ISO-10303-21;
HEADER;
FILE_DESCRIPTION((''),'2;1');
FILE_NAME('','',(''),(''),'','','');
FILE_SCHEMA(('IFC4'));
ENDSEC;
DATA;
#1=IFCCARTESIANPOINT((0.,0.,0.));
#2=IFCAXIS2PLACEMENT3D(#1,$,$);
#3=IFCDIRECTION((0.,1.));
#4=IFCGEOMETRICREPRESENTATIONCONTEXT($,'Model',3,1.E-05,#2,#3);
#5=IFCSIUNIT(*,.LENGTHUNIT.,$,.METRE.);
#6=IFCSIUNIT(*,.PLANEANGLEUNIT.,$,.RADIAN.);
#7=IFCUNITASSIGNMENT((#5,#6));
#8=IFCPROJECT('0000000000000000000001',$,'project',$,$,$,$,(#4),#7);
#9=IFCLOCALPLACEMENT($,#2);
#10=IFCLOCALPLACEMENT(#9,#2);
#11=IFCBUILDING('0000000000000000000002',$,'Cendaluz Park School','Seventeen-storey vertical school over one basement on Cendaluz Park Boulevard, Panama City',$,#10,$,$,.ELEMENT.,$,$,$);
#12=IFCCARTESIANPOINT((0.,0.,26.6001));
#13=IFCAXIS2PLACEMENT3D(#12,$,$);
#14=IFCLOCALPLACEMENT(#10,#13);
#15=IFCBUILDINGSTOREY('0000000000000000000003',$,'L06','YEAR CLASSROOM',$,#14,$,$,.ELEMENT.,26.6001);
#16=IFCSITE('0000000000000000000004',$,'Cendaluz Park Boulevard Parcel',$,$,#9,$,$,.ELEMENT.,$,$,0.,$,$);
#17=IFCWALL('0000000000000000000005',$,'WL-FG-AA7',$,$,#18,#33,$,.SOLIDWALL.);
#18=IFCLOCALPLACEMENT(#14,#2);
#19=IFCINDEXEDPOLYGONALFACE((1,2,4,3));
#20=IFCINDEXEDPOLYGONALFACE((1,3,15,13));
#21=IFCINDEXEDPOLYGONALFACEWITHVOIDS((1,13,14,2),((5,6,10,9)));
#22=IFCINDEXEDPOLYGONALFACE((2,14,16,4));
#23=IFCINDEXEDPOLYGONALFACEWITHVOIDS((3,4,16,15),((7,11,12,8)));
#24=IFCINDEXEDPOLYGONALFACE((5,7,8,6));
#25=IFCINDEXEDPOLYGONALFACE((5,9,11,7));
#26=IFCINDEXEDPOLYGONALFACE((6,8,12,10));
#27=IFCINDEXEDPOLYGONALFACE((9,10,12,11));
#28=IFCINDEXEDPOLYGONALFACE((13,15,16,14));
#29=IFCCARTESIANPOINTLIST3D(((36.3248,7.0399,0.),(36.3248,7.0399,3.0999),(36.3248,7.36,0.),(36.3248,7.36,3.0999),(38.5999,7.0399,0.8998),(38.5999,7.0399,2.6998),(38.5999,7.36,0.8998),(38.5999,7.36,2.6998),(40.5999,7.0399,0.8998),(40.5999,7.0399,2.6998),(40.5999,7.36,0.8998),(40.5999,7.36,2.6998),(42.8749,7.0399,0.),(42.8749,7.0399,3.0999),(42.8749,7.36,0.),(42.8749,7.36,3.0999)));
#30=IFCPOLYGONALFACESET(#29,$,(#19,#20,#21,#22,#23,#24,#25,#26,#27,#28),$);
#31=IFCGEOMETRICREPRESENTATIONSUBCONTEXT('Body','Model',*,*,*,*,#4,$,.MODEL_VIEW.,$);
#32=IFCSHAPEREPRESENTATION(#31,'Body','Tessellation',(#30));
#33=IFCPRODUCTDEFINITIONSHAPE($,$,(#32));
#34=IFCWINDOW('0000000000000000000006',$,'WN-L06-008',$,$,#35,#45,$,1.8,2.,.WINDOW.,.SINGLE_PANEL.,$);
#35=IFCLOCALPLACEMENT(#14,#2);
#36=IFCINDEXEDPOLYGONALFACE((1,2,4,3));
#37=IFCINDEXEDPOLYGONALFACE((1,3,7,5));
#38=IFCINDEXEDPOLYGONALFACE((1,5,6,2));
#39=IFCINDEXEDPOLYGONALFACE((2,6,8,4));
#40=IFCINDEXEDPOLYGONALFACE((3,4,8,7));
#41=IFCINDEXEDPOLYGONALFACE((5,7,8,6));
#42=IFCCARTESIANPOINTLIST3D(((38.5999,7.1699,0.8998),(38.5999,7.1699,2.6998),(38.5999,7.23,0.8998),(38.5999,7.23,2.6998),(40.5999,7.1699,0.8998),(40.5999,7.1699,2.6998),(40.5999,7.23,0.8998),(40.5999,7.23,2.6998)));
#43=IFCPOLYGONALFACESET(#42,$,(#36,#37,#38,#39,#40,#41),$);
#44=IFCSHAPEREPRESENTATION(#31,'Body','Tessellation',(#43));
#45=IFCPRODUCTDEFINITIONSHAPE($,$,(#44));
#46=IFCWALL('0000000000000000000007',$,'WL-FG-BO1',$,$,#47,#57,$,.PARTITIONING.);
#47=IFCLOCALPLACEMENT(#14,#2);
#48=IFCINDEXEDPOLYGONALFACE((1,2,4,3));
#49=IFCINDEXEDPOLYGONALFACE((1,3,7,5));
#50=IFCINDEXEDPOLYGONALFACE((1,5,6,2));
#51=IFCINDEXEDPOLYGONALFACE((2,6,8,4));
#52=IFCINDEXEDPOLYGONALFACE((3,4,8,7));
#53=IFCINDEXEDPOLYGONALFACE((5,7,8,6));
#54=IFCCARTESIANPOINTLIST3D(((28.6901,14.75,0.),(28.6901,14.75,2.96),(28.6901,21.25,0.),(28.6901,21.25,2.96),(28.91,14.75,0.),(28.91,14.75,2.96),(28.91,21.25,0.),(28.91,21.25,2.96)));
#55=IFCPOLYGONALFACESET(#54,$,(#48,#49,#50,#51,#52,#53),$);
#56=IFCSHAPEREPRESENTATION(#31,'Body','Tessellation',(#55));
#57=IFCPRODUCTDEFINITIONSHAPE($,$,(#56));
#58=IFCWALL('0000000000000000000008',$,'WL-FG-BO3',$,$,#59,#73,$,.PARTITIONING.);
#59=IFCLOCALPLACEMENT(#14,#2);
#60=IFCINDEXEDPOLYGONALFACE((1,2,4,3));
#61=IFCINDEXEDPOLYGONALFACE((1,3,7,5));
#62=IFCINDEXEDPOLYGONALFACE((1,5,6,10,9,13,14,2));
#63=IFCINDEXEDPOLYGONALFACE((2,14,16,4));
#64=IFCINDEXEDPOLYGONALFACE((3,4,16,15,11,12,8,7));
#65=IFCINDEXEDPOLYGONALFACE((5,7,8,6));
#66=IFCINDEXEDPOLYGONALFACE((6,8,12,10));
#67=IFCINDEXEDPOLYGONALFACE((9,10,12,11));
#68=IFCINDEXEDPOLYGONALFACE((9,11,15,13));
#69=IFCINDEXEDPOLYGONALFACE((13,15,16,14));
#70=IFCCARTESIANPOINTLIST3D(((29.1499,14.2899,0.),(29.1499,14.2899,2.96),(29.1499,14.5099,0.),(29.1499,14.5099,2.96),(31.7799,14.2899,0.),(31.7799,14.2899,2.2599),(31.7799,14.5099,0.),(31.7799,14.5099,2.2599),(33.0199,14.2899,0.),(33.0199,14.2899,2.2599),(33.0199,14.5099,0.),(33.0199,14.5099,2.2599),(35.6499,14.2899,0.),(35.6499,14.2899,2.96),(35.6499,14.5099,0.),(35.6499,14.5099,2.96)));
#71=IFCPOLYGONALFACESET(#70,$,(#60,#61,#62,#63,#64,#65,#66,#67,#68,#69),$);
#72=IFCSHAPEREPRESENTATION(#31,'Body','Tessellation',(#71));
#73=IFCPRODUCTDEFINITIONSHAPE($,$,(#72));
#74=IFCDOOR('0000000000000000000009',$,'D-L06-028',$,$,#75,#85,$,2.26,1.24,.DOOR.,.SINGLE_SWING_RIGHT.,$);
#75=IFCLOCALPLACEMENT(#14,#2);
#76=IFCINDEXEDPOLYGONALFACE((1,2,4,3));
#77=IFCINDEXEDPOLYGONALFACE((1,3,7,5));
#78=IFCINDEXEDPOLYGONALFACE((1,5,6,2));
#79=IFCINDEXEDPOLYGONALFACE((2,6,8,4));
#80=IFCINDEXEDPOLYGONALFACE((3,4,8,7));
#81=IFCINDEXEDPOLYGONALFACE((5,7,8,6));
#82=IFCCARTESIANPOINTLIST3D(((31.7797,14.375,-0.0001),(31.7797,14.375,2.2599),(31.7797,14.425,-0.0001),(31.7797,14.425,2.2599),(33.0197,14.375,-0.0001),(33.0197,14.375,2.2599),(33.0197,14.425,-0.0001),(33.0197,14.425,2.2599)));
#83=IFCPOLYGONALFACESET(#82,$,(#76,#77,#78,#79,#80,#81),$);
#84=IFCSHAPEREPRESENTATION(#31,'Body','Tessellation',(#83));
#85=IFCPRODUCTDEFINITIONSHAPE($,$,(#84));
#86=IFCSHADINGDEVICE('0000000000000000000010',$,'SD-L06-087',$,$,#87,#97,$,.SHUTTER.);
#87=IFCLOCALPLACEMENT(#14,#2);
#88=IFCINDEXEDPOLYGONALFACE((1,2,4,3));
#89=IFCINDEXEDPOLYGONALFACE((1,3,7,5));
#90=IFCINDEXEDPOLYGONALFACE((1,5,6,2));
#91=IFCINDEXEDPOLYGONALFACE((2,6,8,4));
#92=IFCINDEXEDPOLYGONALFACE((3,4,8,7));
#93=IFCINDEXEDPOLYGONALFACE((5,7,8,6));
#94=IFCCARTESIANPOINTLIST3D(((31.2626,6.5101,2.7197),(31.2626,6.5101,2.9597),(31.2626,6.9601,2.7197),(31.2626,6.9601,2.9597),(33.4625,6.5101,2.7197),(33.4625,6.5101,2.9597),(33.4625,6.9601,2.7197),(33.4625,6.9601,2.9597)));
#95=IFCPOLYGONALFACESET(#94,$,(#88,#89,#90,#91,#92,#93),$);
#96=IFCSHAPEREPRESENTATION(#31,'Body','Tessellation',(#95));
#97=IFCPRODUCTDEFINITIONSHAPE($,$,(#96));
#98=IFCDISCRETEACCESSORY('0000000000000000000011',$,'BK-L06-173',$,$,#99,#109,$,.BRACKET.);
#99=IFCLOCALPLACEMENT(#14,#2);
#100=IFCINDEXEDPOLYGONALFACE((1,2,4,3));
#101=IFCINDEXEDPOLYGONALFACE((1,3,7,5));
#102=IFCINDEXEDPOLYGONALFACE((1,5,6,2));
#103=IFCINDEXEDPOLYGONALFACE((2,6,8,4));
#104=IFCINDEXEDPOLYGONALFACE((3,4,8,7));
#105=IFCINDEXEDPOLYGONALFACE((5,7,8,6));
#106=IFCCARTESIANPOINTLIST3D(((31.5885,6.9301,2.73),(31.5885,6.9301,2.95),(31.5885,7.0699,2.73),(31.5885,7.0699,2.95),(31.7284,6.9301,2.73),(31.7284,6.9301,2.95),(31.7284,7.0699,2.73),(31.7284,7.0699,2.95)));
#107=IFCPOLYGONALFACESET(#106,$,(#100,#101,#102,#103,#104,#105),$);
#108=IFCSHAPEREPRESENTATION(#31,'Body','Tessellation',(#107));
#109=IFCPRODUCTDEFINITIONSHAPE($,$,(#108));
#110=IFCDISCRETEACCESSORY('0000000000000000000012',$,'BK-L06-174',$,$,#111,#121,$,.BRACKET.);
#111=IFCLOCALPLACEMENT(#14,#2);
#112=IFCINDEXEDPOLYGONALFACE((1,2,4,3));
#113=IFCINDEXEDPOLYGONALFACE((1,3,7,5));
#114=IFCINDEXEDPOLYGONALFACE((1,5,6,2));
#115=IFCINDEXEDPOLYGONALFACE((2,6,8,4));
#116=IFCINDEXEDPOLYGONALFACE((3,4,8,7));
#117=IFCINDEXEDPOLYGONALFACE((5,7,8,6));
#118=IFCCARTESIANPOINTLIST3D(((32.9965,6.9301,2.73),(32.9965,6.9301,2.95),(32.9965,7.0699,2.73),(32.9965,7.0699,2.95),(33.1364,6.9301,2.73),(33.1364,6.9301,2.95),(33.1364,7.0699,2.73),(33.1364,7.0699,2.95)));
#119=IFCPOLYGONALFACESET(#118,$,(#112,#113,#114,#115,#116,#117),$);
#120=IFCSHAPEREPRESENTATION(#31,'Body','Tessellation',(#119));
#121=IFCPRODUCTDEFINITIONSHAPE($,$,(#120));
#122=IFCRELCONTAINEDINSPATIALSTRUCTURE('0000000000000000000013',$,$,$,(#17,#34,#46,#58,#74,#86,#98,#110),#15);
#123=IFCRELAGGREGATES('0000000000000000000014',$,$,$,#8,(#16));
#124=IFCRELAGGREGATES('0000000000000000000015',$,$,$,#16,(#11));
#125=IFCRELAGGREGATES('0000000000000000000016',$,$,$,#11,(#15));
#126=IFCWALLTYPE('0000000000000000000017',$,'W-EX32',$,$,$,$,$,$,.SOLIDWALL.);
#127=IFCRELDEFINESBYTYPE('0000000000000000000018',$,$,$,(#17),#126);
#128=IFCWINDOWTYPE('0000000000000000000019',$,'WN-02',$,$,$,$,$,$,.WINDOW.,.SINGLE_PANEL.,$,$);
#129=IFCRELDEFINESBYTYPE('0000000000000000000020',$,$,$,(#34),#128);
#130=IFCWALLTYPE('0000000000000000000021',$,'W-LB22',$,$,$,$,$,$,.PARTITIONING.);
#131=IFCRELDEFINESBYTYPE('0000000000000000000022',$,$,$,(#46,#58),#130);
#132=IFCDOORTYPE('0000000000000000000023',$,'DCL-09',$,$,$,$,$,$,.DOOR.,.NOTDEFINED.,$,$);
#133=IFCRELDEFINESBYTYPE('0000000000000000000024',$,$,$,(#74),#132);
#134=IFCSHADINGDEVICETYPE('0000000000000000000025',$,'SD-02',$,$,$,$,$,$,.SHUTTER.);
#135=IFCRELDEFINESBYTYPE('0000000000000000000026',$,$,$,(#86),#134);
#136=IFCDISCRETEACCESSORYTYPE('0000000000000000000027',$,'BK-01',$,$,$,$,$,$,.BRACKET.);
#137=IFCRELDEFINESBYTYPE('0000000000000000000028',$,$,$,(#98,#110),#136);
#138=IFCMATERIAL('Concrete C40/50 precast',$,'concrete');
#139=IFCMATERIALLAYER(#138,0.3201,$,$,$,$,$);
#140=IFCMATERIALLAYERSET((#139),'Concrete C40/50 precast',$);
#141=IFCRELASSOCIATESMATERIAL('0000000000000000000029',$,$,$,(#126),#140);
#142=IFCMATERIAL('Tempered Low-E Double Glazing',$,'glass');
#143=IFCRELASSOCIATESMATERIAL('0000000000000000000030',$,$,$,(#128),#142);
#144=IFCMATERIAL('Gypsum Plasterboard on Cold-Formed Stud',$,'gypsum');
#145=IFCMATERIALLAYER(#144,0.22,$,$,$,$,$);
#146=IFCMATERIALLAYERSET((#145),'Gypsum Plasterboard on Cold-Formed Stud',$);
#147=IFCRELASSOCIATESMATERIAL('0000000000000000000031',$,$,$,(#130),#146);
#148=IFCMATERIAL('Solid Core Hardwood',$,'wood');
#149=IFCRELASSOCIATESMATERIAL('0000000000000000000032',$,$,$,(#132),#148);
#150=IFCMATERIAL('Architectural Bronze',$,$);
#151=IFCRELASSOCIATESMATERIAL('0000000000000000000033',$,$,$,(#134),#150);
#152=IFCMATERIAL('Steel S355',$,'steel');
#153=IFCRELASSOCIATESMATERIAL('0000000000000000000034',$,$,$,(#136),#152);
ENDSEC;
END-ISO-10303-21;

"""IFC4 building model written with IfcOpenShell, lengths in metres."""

from ifc_helpers import new_model, si_unit, direction, frame, frame_2d, origin, origin_2d, place, context, subcontext, project, spatial, rectangle, extrude, material, layer, layer_set, type_object, element, fill, save


model = new_model("IFC4")

# Units and contexts
model_context = context("Model", 3, precision=1e-05, world=origin(), true_north=direction((0.0, 1.0)))
body_context = subcontext(model_context, "Body", "Model", "MODEL_VIEW")
ifc_project = project(units=[si_unit("LENGTHUNIT", "METRE"), si_unit("PLANEANGLEUNIT", "RADIAN")], contexts=[model_context])

# Site, building, storey
site_placement = place(None, origin())
site = spatial("IfcSite", under=ifc_project, at=site_placement, Name="Cendaluz Park Boulevard Parcel", CompositionType="ELEMENT", RefElevation=0.0)
building_placement = place(site_placement, origin())
building = spatial("IfcBuilding", under=site, at=building_placement, Name="Cendaluz Park School", Description="Seventeen-storey vertical school over one basement on Cendaluz Park Boulevard, Panama City", CompositionType="ELEMENT")
storey_placement = place(building_placement, frame((0.0, 0.0, 26.6001)))
storey = spatial("IfcBuildingStorey", under=building, at=storey_placement, Name="L06", Description="YEAR CLASSROOM", CompositionType="ELEMENT", Elevation=26.6001)

# Wall, opening, window
ifc_material_1 = material(Name="Concrete C40/50 precast", Category="concrete")
ifc_layer_1 = layer(ifc_material_1, 0.3201)
ifc_layer_set_1 = layer_set([ifc_layer_1], Name="Concrete C40/50 precast")
wall_type_1 = type_object("IfcWallType", Name="W-EX32", PredefinedType="SOLIDWALL", material=ifc_layer_set_1)
ifc_material_2 = material(Name="Tempered Low-E Double Glazing", Category="glass")
wall_1_placement = place(storey_placement, frame((36.325, 7.2, 0.0), z_axis=(0.0, 0.0, 1.0), x_axis=(1.0, 0.0, 0.0)))
wall_1 = element("IfcWall", 1, at=wall_1_placement, inside=storey, type_object=wall_type_1, Name="WL-FG-AA7", PredefinedType="SOLIDWALL", context=body_context, shape_type="SweptSolid", body=[
    extrude(rectangle(XDim=6.55, YDim=0.3201, at=frame_2d((3.2749, 0.0))), origin(), (0.0, 0.0, 1.0), 3.0999),
])
opening_1_placement = place(wall_1_placement, frame((2.2749, 0.0, 0.8999)))
opening_1 = element("IfcOpeningElement", 2, at=opening_1_placement, cuts=wall_1, PredefinedType="OPENING", context=body_context, shape_type="SweptSolid", body=[
    extrude(rectangle(XDim=2.0, YDim=1.8, at=frame_2d((1.0, 0.8999))), frame((0.0, 0.1721, 0.0), z_axis=(0.0, -1.0, 0.0), x_axis=(1.0, 0.0, 0.0)), (0.0, 0.0, 1.0), 0.344),
])
window_type_1 = type_object("IfcWindowType", Name="WN-02", PartitioningType="SINGLE_PANEL", PredefinedType="WINDOW", material=ifc_material_2)
window_1_placement = place(opening_1_placement, origin())
window_1 = element("IfcWindow", 3, at=window_1_placement, inside=storey, type_object=window_type_1, Name="WN-L06-008", OverallHeight=1.8, OverallWidth=2.0, PartitioningType="SINGLE_PANEL", PredefinedType="WINDOW", context=body_context, shape_type="SweptSolid", body=[
    extrude(rectangle(XDim=2.0, YDim=1.8, at=frame_2d((1.0, 0.8999))), frame((0.0, 0.03, 0.0), z_axis=(0.0, -1.0, 0.0), x_axis=(1.0, 0.0, 0.0)), (0.0, 0.0, 1.0), 0.0601),
])
fill(opening_1, window_1)

# Wall
ifc_material_3 = material(Name="Gypsum Plasterboard on Cold-Formed Stud", Category="gypsum")
ifc_layer_2 = layer(ifc_material_3, 0.22)
ifc_layer_set_2 = layer_set([ifc_layer_2], Name="Gypsum Plasterboard on Cold-Formed Stud")
wall_type_2 = type_object("IfcWallType", Name="W-LB22", PredefinedType="PARTITIONING", material=ifc_layer_set_2)
wall_2_placement = place(storey_placement, frame((28.8, 14.75, 0.0), z_axis=(0.0, 0.0, 1.0), x_axis=(0.0, 1.0, 0.0)))
element("IfcWall", 4, at=wall_2_placement, inside=storey, type_object=wall_type_2, Name="WL-FG-BO1", PredefinedType="PARTITIONING", context=body_context, shape_type="SweptSolid", body=[
    extrude(rectangle(XDim=6.5, YDim=0.22, at=frame_2d((3.25, 0.0))), origin(), (0.0, 0.0, 1.0), 2.96),
])

# Wall, opening, door
wall_3_placement = place(storey_placement, frame((29.1499, 14.3999, 0.0), z_axis=(0.0, 0.0, 1.0), x_axis=(1.0, 0.0, 0.0)))
wall_3 = element("IfcWall", 5, at=wall_3_placement, inside=storey, type_object=wall_type_2, Name="WL-FG-BO3", PredefinedType="PARTITIONING", context=body_context, shape_type="SweptSolid", body=[
    extrude(rectangle(XDim=6.5, YDim=0.22, at=frame_2d((3.25, 0.0))), origin(), (0.0, 0.0, 1.0), 2.96),
])
opening_2_placement = place(wall_3_placement, frame((2.6299, 0.0, 0.0)))
opening_2 = element("IfcOpeningElement", 6, at=opening_2_placement, cuts=wall_3, PredefinedType="OPENING", context=body_context, shape_type="SweptSolid", body=[
    extrude(rectangle(XDim=1.24, YDim=2.26, at=frame_2d((0.6201, 1.1299))), frame((0.0, 0.1221, 0.0), z_axis=(0.0, -1.0, 0.0), x_axis=(1.0, 0.0, 0.0)), (0.0, 0.0, 1.0), 0.2439),
])
ifc_material_4 = material(Name="Solid Core Hardwood", Category="wood")
door_type = type_object("IfcDoorType", Name="DCL-09", OperationType="NOTDEFINED", PredefinedType="DOOR", material=ifc_material_4)
door_placement = place(opening_2_placement, frame((1.24, 0.0, 0.0), z_axis=(0.0, 0.0, 1.0), x_axis=(-1.0, 0.0, 0.0)))
door = element("IfcDoor", 7, at=door_placement, inside=storey, type_object=door_type, Name="D-L06-028", OperationType="SINGLE_SWING_RIGHT", OverallHeight=2.26, OverallWidth=1.24, PredefinedType="DOOR", context=body_context, shape_type="SweptSolid", body=[
    extrude(rectangle(XDim=1.24, YDim=2.26, at=frame_2d((0.6201, 1.1299))), frame((0.0, 0.0249, 0.0), z_axis=(0.0, -1.0, 0.0), x_axis=(1.0, 0.0, 0.0)), (0.0, 0.0, 1.0), 0.05),
])
fill(opening_2, door)

# Shading device
ifc_material_5 = material(Name="Architectural Bronze")
shading_device_type = type_object("IfcShadingDeviceType", Name="SD-02", PredefinedType="SHUTTER", material=ifc_material_5)
shading_device_placement = place(storey_placement, frame((32.3625, 6.7351, 2.7197), z_axis=(0.0, 0.0, 1.0), x_axis=(1.0, 0.0, 0.0)))
element("IfcShadingDevice", 8, at=shading_device_placement, inside=storey, type_object=shading_device_type, Name="SD-L06-087", PredefinedType="SHUTTER", context=body_context, shape_type="SweptSolid", body=[
    extrude(rectangle(XDim=2.2, YDim=0.45, at=origin_2d()), origin(), (0.0, 0.0, 1.0), 0.24),
])

# Discrete accessories
ifc_material_6 = material(Name="Steel S355", Category="steel")
discrete_accessory_type = type_object("IfcDiscreteAccessoryType", Name="BK-01", PredefinedType="BRACKET", material=ifc_material_6)
for number, where, z_axis, x_axis, name in (
    (9, (31.6584, 7.0, 2.73), (0.0, 0.0, 1.0), (1.0, 0.0, 0.0), "BK-L06-173"),
    (10, (33.0664, 7.0, 2.73), (0.0, 0.0, 1.0), (1.0, 0.0, 0.0), "BK-L06-174"),
):
    element("IfcDiscreteAccessory", number, at=place(storey_placement, frame(where, z_axis=z_axis, x_axis=x_axis)), inside=storey, type_object=discrete_accessory_type, Name=name, PredefinedType="BRACKET", context=body_context, shape_type="SweptSolid", body=[
        extrude(rectangle(XDim=0.1399, YDim=0.1399, at=origin_2d()), origin(), (0.0, 0.0, 1.0), 0.22),
    ])

save(model, "model.ifc")
